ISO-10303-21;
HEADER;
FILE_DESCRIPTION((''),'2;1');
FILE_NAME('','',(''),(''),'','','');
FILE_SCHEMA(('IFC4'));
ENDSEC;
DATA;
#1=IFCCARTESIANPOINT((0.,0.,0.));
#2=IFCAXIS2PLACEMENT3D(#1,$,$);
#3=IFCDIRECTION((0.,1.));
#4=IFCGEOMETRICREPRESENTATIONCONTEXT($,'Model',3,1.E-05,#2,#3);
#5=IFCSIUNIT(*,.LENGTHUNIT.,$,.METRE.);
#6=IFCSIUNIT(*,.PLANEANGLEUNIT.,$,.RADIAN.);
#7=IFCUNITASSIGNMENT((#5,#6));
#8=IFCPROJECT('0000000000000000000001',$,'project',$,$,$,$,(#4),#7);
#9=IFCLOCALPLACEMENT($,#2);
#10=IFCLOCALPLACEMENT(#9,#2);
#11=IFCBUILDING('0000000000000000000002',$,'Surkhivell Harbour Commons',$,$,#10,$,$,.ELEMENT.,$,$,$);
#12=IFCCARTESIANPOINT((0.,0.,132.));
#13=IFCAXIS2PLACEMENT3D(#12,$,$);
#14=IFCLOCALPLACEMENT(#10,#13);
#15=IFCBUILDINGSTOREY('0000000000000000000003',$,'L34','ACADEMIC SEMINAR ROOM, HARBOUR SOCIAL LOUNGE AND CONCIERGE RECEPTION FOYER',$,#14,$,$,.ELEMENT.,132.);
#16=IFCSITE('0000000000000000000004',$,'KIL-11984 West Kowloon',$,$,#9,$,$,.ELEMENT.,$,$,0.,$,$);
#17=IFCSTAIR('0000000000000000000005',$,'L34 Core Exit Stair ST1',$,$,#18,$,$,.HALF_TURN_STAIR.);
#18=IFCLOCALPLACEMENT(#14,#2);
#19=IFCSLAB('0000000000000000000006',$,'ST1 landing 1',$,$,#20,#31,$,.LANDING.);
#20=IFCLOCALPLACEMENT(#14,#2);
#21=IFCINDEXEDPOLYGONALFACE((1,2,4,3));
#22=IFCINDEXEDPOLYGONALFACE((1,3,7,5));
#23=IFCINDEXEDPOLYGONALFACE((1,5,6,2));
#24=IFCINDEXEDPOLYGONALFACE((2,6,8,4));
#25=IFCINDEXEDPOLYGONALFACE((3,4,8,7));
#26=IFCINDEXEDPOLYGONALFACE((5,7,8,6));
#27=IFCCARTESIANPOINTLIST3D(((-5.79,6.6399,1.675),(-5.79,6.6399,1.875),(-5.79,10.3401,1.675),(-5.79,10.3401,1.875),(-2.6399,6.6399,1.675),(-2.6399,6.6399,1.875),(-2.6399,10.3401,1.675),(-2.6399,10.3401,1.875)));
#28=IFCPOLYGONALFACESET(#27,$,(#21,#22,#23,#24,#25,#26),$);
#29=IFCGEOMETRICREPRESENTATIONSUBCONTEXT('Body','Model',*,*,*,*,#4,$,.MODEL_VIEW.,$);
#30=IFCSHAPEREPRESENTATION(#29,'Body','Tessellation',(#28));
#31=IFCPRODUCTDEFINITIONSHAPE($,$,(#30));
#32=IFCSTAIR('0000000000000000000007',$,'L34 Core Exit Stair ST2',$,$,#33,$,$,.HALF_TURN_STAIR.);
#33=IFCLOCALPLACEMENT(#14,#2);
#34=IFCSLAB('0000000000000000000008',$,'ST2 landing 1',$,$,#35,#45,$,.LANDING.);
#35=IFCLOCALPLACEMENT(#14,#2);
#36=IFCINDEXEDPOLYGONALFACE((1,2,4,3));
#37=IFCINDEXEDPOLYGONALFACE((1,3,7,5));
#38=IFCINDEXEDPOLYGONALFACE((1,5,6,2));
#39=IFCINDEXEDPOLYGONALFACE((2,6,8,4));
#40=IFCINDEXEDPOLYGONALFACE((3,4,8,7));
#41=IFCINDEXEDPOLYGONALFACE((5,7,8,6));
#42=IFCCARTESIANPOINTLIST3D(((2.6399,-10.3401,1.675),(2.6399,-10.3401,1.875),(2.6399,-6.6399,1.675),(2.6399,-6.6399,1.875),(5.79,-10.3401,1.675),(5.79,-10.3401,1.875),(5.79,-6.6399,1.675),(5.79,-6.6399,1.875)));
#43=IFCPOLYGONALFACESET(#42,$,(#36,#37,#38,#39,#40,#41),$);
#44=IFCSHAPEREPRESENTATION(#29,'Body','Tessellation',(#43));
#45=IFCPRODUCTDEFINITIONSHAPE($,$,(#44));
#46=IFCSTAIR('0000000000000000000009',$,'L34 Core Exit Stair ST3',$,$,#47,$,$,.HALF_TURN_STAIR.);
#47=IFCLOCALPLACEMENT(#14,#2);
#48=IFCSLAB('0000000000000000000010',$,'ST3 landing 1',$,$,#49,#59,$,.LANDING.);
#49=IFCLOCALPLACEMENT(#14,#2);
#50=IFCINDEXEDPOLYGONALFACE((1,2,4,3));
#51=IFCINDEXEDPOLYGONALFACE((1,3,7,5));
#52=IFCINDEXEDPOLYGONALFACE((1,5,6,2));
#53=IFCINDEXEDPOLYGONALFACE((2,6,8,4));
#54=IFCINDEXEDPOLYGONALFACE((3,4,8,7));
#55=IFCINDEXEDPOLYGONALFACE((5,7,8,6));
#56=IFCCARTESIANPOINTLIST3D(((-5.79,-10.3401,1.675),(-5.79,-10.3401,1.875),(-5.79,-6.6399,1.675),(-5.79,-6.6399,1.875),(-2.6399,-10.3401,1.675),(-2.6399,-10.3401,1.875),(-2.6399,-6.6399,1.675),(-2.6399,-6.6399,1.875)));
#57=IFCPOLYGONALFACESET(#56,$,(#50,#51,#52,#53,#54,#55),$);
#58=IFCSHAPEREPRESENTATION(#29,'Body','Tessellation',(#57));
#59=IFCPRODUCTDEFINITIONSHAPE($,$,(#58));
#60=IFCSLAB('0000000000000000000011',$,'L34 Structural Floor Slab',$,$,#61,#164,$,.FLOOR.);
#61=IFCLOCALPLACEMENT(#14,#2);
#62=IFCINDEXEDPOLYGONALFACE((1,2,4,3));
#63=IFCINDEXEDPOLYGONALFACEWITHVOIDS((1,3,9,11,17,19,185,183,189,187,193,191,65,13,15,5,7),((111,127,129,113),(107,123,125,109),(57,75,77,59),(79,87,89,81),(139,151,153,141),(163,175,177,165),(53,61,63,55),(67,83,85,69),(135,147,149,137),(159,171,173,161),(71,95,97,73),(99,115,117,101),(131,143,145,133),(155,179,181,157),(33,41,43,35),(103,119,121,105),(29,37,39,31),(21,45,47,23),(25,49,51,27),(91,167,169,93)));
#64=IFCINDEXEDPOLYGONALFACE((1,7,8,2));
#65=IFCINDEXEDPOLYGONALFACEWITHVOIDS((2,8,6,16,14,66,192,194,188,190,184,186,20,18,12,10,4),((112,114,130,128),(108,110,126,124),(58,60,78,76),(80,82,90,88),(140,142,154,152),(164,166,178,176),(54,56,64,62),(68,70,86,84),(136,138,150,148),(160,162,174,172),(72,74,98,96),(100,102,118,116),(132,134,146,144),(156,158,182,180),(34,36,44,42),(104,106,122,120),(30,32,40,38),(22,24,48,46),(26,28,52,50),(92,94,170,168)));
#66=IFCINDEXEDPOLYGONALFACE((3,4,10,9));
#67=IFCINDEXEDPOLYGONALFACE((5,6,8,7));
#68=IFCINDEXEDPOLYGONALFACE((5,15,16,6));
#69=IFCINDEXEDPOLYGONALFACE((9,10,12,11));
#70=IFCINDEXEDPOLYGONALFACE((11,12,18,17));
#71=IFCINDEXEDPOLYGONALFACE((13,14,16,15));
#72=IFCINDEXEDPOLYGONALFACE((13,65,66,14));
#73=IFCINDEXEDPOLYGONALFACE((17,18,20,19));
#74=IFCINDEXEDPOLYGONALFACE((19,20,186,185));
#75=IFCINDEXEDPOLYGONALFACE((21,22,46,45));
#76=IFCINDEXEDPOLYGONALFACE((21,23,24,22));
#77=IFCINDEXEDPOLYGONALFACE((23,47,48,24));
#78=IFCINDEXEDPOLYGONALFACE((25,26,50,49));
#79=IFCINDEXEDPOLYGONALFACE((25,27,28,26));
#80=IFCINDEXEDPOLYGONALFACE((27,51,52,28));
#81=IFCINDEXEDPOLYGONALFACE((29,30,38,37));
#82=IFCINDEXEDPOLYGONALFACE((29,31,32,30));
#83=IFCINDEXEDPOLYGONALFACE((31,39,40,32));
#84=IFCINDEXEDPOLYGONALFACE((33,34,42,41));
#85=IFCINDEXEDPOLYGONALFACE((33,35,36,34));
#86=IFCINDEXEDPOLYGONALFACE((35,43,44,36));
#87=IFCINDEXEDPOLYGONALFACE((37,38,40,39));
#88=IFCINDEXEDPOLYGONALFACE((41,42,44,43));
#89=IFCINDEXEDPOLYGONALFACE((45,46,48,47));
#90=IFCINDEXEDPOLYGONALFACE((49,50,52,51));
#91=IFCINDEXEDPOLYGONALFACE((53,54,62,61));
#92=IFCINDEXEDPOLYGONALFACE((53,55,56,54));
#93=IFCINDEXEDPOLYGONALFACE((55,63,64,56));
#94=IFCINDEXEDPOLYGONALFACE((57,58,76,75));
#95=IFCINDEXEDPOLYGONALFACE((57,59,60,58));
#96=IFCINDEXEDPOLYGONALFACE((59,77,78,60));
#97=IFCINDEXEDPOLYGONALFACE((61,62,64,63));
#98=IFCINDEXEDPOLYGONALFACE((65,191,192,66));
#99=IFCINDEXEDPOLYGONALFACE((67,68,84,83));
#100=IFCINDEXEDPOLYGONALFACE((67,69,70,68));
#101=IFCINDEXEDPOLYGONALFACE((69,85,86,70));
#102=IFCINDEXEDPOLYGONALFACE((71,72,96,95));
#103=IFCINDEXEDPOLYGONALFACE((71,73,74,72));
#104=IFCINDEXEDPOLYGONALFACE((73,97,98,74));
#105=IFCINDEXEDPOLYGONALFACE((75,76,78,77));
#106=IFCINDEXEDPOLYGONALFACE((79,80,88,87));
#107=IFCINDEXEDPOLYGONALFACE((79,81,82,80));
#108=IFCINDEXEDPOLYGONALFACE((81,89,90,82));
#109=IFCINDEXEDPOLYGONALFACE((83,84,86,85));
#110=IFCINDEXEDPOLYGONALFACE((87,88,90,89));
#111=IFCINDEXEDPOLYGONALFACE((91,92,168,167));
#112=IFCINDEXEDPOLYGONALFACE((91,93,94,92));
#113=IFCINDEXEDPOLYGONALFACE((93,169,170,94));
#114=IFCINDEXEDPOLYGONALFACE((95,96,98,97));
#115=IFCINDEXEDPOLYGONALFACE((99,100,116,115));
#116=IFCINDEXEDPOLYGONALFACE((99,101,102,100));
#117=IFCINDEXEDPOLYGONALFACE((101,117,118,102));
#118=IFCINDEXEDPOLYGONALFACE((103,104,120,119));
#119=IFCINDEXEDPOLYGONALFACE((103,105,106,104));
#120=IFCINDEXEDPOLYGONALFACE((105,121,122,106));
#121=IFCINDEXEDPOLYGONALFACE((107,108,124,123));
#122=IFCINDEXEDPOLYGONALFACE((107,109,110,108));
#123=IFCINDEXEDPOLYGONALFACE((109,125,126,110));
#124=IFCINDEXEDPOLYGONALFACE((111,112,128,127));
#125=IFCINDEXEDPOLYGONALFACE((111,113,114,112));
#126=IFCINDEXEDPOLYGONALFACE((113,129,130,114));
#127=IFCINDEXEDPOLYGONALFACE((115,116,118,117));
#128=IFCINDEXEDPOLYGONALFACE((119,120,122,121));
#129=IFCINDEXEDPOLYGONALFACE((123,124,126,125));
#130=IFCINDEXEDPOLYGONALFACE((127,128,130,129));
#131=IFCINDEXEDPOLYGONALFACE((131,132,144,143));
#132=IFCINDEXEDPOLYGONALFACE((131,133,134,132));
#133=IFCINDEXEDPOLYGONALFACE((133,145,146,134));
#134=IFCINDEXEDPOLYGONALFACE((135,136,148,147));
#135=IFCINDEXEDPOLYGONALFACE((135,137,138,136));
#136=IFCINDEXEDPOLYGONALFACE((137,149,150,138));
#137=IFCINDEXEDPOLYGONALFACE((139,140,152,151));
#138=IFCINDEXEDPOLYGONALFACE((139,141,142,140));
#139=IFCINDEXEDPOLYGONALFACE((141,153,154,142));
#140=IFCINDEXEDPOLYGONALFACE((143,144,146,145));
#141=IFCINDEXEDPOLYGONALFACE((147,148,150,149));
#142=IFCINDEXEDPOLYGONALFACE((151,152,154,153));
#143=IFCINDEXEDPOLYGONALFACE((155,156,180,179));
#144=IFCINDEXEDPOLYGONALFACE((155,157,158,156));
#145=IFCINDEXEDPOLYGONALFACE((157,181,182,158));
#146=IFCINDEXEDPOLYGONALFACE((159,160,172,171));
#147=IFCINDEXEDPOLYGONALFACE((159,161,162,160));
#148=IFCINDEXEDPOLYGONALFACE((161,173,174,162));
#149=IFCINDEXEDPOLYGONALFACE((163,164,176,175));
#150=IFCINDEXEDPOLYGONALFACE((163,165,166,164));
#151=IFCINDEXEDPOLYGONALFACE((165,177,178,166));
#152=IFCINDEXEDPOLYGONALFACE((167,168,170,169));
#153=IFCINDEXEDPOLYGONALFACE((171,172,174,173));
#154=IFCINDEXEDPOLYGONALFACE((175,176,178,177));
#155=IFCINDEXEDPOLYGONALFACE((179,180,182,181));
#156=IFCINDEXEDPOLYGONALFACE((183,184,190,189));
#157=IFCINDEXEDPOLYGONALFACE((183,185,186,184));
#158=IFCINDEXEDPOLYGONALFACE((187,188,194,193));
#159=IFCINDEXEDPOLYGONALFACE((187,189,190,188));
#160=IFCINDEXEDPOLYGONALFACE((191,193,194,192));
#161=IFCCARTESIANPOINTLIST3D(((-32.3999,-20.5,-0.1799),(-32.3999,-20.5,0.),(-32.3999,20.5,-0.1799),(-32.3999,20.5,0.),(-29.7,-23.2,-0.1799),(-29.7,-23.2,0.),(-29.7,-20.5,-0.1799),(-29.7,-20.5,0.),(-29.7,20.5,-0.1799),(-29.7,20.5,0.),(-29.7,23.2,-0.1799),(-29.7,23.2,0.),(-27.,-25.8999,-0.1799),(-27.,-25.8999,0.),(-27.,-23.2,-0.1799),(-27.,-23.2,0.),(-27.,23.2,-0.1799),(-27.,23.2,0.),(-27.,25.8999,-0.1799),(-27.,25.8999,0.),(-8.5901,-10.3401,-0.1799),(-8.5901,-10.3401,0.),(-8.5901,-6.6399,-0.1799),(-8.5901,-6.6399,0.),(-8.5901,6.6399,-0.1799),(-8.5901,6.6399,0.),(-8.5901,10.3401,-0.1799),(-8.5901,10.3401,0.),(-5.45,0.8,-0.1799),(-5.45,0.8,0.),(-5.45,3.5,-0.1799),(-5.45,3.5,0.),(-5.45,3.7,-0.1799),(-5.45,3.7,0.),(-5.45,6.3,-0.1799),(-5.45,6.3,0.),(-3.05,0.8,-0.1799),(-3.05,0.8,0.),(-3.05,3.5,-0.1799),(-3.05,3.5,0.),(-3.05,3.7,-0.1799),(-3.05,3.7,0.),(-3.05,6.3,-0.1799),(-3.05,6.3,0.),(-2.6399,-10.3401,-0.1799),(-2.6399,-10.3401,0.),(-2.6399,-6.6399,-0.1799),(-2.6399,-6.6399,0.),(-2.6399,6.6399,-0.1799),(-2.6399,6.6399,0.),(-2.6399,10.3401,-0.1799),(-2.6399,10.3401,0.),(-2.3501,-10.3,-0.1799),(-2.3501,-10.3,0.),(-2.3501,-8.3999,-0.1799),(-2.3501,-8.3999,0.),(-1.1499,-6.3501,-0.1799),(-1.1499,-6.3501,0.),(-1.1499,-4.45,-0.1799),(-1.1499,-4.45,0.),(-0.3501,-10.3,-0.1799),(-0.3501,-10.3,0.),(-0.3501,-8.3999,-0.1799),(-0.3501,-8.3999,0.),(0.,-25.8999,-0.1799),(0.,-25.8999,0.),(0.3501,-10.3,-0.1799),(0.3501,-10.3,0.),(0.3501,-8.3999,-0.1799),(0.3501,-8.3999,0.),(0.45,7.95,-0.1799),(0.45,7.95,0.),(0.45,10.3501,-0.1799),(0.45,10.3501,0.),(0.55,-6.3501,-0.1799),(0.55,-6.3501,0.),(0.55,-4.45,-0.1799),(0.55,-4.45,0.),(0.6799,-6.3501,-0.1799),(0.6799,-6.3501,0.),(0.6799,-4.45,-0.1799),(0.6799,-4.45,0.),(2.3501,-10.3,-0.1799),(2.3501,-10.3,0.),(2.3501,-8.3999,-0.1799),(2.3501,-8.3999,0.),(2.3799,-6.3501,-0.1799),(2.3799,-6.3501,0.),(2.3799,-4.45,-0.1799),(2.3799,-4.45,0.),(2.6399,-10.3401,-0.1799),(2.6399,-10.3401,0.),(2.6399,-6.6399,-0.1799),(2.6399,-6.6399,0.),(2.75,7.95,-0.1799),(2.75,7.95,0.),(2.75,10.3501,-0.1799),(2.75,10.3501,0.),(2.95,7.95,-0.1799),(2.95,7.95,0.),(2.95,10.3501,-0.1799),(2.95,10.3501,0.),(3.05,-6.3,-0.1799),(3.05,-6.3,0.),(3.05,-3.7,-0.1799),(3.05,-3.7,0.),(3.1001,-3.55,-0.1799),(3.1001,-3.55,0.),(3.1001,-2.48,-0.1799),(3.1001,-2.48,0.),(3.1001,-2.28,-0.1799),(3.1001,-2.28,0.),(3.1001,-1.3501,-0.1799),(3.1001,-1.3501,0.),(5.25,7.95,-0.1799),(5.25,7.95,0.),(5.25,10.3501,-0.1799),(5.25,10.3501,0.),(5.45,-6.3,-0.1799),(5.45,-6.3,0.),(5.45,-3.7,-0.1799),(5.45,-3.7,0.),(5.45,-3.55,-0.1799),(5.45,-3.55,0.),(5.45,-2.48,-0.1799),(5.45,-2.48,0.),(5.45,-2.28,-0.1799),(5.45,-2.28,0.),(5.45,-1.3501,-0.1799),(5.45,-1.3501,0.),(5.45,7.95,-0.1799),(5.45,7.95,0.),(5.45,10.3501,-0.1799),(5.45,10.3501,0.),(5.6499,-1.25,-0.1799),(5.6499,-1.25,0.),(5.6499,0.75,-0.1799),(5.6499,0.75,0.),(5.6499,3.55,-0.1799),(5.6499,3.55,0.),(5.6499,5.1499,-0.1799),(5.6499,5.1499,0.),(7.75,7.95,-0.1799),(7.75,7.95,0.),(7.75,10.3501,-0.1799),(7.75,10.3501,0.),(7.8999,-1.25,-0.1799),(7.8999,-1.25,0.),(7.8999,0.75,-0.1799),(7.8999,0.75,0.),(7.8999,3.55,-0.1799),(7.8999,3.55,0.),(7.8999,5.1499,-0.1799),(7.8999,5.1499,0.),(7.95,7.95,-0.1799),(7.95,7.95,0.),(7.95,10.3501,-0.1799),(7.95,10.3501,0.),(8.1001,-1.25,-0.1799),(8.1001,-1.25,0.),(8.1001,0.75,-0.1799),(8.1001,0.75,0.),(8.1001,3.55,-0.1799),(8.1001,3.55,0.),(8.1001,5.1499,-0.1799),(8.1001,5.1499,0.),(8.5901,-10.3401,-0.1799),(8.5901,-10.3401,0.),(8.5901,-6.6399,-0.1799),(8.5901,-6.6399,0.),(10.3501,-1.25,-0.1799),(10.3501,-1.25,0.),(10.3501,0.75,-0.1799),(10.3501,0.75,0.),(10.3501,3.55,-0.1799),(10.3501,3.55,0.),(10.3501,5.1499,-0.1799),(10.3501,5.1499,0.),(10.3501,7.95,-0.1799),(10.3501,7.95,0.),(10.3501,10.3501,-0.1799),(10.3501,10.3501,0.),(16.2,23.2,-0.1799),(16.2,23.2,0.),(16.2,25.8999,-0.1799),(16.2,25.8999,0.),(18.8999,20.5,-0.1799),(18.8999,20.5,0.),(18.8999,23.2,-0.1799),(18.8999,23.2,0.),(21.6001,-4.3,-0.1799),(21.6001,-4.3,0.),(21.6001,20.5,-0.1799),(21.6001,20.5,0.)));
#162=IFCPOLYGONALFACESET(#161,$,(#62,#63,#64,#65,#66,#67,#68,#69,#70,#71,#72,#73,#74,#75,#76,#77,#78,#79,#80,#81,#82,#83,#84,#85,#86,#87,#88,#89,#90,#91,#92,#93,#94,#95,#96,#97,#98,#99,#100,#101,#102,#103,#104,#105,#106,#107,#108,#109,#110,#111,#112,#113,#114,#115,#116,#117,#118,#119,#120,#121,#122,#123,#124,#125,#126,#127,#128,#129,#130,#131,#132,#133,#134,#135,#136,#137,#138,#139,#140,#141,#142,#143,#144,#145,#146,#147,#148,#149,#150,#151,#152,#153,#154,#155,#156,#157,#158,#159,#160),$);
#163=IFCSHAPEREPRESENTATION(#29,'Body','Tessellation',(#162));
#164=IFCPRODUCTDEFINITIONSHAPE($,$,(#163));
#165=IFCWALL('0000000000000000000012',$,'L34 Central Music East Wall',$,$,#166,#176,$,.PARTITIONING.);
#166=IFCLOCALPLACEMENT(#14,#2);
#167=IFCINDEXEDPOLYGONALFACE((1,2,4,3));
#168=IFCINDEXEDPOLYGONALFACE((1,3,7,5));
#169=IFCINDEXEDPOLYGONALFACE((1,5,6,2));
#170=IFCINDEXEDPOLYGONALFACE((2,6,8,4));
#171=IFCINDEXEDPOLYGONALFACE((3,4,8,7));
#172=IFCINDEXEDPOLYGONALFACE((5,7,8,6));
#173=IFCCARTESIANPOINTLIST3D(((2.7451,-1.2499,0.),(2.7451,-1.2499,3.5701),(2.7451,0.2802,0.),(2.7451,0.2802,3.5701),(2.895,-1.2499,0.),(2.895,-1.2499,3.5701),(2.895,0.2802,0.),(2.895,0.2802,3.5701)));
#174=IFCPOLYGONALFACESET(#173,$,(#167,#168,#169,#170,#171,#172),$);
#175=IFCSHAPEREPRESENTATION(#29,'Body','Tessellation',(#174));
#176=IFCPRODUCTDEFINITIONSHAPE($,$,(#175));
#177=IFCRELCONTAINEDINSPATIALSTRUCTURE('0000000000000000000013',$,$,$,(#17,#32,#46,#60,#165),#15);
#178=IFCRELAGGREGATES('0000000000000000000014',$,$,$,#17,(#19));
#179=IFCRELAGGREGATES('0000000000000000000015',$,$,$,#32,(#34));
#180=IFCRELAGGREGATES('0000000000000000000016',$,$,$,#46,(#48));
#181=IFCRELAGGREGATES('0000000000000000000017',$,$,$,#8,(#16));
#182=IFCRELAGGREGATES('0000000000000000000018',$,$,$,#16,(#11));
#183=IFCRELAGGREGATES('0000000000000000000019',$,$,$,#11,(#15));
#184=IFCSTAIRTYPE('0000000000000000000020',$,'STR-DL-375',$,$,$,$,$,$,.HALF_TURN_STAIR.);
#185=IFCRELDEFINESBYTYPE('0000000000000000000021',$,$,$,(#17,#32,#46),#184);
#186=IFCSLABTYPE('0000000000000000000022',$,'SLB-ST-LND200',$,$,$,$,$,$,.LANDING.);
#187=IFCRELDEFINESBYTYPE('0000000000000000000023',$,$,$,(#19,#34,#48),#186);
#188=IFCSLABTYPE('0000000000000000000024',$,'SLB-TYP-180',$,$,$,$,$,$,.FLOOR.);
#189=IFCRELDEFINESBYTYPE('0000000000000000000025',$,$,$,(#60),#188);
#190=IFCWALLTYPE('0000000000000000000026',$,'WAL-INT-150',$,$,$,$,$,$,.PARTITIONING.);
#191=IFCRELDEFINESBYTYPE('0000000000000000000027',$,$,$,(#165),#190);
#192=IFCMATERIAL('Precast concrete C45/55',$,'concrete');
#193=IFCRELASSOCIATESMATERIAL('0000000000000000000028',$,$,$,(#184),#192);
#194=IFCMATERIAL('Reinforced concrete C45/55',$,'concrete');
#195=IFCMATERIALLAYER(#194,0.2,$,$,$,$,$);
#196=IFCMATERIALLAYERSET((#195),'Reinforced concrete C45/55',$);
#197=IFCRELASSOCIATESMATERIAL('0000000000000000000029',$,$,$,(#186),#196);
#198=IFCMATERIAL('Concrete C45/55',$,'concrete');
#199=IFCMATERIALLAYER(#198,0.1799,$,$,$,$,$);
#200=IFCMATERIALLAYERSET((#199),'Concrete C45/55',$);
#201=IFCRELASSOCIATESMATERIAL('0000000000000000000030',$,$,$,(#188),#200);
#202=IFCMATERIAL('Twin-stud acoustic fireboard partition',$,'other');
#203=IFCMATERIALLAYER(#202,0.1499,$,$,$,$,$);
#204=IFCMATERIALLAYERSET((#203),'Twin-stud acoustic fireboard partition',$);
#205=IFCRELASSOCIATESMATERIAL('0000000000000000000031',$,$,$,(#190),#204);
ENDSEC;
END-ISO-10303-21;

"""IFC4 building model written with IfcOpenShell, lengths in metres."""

from ifc_helpers import new_model, si_unit, direction, frame, frame_2d, origin, place, context, subcontext, project, spatial, polyline, rectangle, outline, extrude, material, layer, layer_set, type_object, element, aggregate, save


model = new_model("IFC4")

# Units and contexts
model_context = context("Model", 3, precision=1e-05, world=origin(), true_north=direction((0.0, 1.0)))
body_context = subcontext(model_context, "Body", "Model", "MODEL_VIEW")
ifc_project = project(units=[si_unit("LENGTHUNIT", "METRE"), si_unit("PLANEANGLEUNIT", "RADIAN")], contexts=[model_context])

# Site, building, storey
site_placement = place(None, origin())
site = spatial("IfcSite", under=ifc_project, at=site_placement, Name="KIL-11984 West Kowloon", CompositionType="ELEMENT", RefElevation=0.0)
building_placement = place(site_placement, origin())
building = spatial("IfcBuilding", under=site, at=building_placement, Name="Surkhivell Harbour Commons", CompositionType="ELEMENT")
storey_placement = place(building_placement, frame((0.0, 0.0, 132.0)))
storey = spatial("IfcBuildingStorey", under=building, at=storey_placement, Name="L34", Description="ACADEMIC SEMINAR ROOM, HARBOUR SOCIAL LOUNGE AND CONCIERGE RECEPTION FOYER", CompositionType="ELEMENT", Elevation=132.0)

# Stairs, slabs
ifc_material_1 = material(Name="Precast concrete C45/55", Category="concrete")
stair_type = type_object("IfcStairType", Name="STR-DL-375", PredefinedType="HALF_TURN_STAIR", material=ifc_material_1)
stair_1_placement = place(storey_placement, origin())
stair_1 = element("IfcStair", 1, at=stair_1_placement, inside=storey, type_object=stair_type, Name="L34 Core Exit Stair ST1", PredefinedType="HALF_TURN_STAIR")
ifc_material_2 = material(Name="Reinforced concrete C45/55", Category="concrete")
ifc_layer_1 = layer(ifc_material_2, 0.2)
ifc_layer_set_1 = layer_set([ifc_layer_1], Name="Reinforced concrete C45/55")
slab_type_1 = type_object("IfcSlabType", Name="SLB-ST-LND200", PredefinedType="LANDING", material=ifc_layer_set_1)
slab_1_placement = place(storey_placement, frame((0.0, 0.0, 1.675)))
slab_1 = element("IfcSlab", 2, at=slab_1_placement, type_object=slab_type_1, Name="ST1 landing 1", PredefinedType="LANDING", context=body_context, shape_type="SweptSolid", body=[
    extrude(outline(polyline([(-5.79, 6.6399), (-2.6399, 6.6399), (-2.6399, 10.3401), (-5.79, 10.3401), (-5.79, 6.6399)])), origin(), (0.0, 0.0, 1.0), 0.2),
])
aggregate(stair_1, [slab_1])
stair_2_placement = place(storey_placement, origin())
stair_2 = element("IfcStair", 3, at=stair_2_placement, inside=storey, type_object=stair_type, Name="L34 Core Exit Stair ST2", PredefinedType="HALF_TURN_STAIR")
slab_2_placement = place(storey_placement, frame((0.0, 0.0, 1.675)))
slab_2 = element("IfcSlab", 4, at=slab_2_placement, type_object=slab_type_1, Name="ST2 landing 1", PredefinedType="LANDING", context=body_context, shape_type="SweptSolid", body=[
    extrude(outline(polyline([(5.79, -6.6399), (2.6399, -6.6399), (2.6399, -10.3401), (5.79, -10.3401), (5.79, -6.6399)])), origin(), (0.0, 0.0, 1.0), 0.2),
])
aggregate(stair_2, [slab_2])
stair_3_placement = place(storey_placement, origin())
stair_3 = element("IfcStair", 5, at=stair_3_placement, inside=storey, type_object=stair_type, Name="L34 Core Exit Stair ST3", PredefinedType="HALF_TURN_STAIR")
slab_3_placement = place(storey_placement, frame((0.0, 0.0, 1.675)))
slab_3 = element("IfcSlab", 6, at=slab_3_placement, type_object=slab_type_1, Name="ST3 landing 1", PredefinedType="LANDING", context=body_context, shape_type="SweptSolid", body=[
    extrude(outline(polyline([(-5.79, -10.3401), (-2.6399, -10.3401), (-2.6399, -6.6399), (-5.79, -6.6399), (-5.79, -10.3401)])), origin(), (0.0, 0.0, 1.0), 0.2),
])
aggregate(stair_3, [slab_3])

# Slab
ifc_material_3 = material(Name="Concrete C45/55", Category="concrete")
ifc_layer_2 = layer(ifc_material_3, 0.1799)
ifc_layer_set_2 = layer_set([ifc_layer_2], Name="Concrete C45/55")
slab_type_2 = type_object("IfcSlabType", Name="SLB-TYP-180", PredefinedType="FLOOR", material=ifc_layer_set_2)
slab_4_placement = place(storey_placement, frame((0.0, 0.0, -0.1799)))
element("IfcSlab", 7, at=slab_4_placement, inside=storey, type_object=slab_type_2, Name="L34 Structural Floor Slab", PredefinedType="FLOOR", context=body_context, shape_type="SweptSolid", body=[
    extrude(outline(polyline([(-27.0, -25.8999), (0.0, -25.8999), (21.6001, -4.3), (21.6001, 20.5), (18.8999, 20.5), (18.8999, 23.2), (16.2, 23.2), (16.2, 25.8999), (-27.0, 25.8999), (-27.0, 23.2), (-29.7, 23.2), (-29.7, 20.5), (-32.3999, 20.5), (-32.3999, -20.5), (-29.7, -20.5), (-29.7, -23.2), (-27.0, -23.2), (-27.0, -25.8999)]), holes=[polyline([(-8.5901, 6.6399), (-2.6399, 6.6399), (-2.6399, 10.3401), (-8.5901, 10.3401), (-8.5901, 6.6399)]), polyline([(8.5901, -6.6399), (2.6399, -6.6399), (2.6399, -10.3401), (8.5901, -10.3401), (8.5901, -6.6399)]), polyline([(-8.5901, -10.3401), (-2.6399, -10.3401), (-2.6399, -6.6399), (-8.5901, -6.6399), (-8.5901, -10.3401)]), polyline([(0.45, 7.95), (2.75, 7.95), (2.75, 10.3501), (0.45, 10.3501), (0.45, 7.95)]), polyline([(2.95, 7.95), (5.25, 7.95), (5.25, 10.3501), (2.95, 10.3501), (2.95, 7.95)]), polyline([(5.45, 7.95), (7.75, 7.95), (7.75, 10.3501), (5.45, 10.3501), (5.45, 7.95)]), polyline([(7.95, 7.95), (10.3501, 7.95), (10.3501, 10.3501), (7.95, 10.3501), (7.95, 7.95)]), polyline([(5.6499, 3.55), (7.8999, 3.55), (7.8999, 5.1499), (5.6499, 5.1499), (5.6499, 3.55)]), polyline([(8.1001, 3.55), (10.3501, 3.55), (10.3501, 5.1499), (8.1001, 5.1499), (8.1001, 3.55)]), polyline([(5.6499, -1.25), (7.8999, -1.25), (7.8999, 0.75), (5.6499, 0.75), (5.6499, -1.25)]), polyline([(8.1001, -1.25), (10.3501, -1.25), (10.3501, 0.75), (8.1001, 0.75), (8.1001, -1.25)]), polyline([(-1.1499, -6.3501), (0.55, -6.3501), (0.55, -4.45), (-1.1499, -4.45), (-1.1499, -6.3501)]), polyline([(0.6799, -6.3501), (2.3799, -6.3501), (2.3799, -4.45), (0.6799, -4.45), (0.6799, -6.3501)]), polyline([(-2.3501, -10.3), (-0.3501, -10.3), (-0.3501, -8.3999), (-2.3501, -8.3999), (-2.3501, -10.3)]), polyline([(0.3501, -10.3), (2.3501, -10.3), (2.3501, -8.3999), (0.3501, -8.3999), (0.3501, -10.3)]), polyline([(-5.45, 3.7), (-3.05, 3.7), (-3.05, 6.3), (-5.45, 6.3), (-5.45, 3.7)]), polyline([(3.05, -6.3), (5.45, -6.3), (5.45, -3.7), (3.05, -3.7), (3.05, -6.3)]), polyline([(-5.45, 0.8), (-3.05, 0.8), (-3.05, 3.5), (-5.45, 3.5), (-5.45, 0.8)]), polyline([(3.1001, -3.55), (5.45, -3.55), (5.45, -2.48), (3.1001, -2.48), (3.1001, -3.55)]), polyline([(3.1001, -2.28), (5.45, -2.28), (5.45, -1.3501), (3.1001, -1.3501), (3.1001, -2.28)])]), origin(), (0.0, 0.0, 1.0), 0.1799),
])

# Wall
ifc_material_4 = material(Name="Twin-stud acoustic fireboard partition", Category="other")
ifc_layer_3 = layer(ifc_material_4, 0.1499)
ifc_layer_set_3 = layer_set([ifc_layer_3], Name="Twin-stud acoustic fireboard partition")
wall_type_1 = type_object("IfcWallType", Name="WAL-INT-150", PredefinedType="PARTITIONING", material=ifc_layer_set_3)
wall_1_placement = place(storey_placement, frame((2.8201, -1.25, 0.0), z_axis=(0.0, 0.0, 1.0), x_axis=(0.0, 1.0, 0.0)))
element("IfcWall", 8, at=wall_1_placement, inside=storey, type_object=wall_type_1, Name="L34 Central Music East Wall", PredefinedType="PARTITIONING", context=body_context, shape_type="SweptSolid", body=[
    extrude(rectangle(XDim=1.53, YDim=0.1499, at=frame_2d((0.7651, 0.0))), origin(), (0.0, 0.0, 1.0), 3.5701),
])

save(model, "model.ifc")
